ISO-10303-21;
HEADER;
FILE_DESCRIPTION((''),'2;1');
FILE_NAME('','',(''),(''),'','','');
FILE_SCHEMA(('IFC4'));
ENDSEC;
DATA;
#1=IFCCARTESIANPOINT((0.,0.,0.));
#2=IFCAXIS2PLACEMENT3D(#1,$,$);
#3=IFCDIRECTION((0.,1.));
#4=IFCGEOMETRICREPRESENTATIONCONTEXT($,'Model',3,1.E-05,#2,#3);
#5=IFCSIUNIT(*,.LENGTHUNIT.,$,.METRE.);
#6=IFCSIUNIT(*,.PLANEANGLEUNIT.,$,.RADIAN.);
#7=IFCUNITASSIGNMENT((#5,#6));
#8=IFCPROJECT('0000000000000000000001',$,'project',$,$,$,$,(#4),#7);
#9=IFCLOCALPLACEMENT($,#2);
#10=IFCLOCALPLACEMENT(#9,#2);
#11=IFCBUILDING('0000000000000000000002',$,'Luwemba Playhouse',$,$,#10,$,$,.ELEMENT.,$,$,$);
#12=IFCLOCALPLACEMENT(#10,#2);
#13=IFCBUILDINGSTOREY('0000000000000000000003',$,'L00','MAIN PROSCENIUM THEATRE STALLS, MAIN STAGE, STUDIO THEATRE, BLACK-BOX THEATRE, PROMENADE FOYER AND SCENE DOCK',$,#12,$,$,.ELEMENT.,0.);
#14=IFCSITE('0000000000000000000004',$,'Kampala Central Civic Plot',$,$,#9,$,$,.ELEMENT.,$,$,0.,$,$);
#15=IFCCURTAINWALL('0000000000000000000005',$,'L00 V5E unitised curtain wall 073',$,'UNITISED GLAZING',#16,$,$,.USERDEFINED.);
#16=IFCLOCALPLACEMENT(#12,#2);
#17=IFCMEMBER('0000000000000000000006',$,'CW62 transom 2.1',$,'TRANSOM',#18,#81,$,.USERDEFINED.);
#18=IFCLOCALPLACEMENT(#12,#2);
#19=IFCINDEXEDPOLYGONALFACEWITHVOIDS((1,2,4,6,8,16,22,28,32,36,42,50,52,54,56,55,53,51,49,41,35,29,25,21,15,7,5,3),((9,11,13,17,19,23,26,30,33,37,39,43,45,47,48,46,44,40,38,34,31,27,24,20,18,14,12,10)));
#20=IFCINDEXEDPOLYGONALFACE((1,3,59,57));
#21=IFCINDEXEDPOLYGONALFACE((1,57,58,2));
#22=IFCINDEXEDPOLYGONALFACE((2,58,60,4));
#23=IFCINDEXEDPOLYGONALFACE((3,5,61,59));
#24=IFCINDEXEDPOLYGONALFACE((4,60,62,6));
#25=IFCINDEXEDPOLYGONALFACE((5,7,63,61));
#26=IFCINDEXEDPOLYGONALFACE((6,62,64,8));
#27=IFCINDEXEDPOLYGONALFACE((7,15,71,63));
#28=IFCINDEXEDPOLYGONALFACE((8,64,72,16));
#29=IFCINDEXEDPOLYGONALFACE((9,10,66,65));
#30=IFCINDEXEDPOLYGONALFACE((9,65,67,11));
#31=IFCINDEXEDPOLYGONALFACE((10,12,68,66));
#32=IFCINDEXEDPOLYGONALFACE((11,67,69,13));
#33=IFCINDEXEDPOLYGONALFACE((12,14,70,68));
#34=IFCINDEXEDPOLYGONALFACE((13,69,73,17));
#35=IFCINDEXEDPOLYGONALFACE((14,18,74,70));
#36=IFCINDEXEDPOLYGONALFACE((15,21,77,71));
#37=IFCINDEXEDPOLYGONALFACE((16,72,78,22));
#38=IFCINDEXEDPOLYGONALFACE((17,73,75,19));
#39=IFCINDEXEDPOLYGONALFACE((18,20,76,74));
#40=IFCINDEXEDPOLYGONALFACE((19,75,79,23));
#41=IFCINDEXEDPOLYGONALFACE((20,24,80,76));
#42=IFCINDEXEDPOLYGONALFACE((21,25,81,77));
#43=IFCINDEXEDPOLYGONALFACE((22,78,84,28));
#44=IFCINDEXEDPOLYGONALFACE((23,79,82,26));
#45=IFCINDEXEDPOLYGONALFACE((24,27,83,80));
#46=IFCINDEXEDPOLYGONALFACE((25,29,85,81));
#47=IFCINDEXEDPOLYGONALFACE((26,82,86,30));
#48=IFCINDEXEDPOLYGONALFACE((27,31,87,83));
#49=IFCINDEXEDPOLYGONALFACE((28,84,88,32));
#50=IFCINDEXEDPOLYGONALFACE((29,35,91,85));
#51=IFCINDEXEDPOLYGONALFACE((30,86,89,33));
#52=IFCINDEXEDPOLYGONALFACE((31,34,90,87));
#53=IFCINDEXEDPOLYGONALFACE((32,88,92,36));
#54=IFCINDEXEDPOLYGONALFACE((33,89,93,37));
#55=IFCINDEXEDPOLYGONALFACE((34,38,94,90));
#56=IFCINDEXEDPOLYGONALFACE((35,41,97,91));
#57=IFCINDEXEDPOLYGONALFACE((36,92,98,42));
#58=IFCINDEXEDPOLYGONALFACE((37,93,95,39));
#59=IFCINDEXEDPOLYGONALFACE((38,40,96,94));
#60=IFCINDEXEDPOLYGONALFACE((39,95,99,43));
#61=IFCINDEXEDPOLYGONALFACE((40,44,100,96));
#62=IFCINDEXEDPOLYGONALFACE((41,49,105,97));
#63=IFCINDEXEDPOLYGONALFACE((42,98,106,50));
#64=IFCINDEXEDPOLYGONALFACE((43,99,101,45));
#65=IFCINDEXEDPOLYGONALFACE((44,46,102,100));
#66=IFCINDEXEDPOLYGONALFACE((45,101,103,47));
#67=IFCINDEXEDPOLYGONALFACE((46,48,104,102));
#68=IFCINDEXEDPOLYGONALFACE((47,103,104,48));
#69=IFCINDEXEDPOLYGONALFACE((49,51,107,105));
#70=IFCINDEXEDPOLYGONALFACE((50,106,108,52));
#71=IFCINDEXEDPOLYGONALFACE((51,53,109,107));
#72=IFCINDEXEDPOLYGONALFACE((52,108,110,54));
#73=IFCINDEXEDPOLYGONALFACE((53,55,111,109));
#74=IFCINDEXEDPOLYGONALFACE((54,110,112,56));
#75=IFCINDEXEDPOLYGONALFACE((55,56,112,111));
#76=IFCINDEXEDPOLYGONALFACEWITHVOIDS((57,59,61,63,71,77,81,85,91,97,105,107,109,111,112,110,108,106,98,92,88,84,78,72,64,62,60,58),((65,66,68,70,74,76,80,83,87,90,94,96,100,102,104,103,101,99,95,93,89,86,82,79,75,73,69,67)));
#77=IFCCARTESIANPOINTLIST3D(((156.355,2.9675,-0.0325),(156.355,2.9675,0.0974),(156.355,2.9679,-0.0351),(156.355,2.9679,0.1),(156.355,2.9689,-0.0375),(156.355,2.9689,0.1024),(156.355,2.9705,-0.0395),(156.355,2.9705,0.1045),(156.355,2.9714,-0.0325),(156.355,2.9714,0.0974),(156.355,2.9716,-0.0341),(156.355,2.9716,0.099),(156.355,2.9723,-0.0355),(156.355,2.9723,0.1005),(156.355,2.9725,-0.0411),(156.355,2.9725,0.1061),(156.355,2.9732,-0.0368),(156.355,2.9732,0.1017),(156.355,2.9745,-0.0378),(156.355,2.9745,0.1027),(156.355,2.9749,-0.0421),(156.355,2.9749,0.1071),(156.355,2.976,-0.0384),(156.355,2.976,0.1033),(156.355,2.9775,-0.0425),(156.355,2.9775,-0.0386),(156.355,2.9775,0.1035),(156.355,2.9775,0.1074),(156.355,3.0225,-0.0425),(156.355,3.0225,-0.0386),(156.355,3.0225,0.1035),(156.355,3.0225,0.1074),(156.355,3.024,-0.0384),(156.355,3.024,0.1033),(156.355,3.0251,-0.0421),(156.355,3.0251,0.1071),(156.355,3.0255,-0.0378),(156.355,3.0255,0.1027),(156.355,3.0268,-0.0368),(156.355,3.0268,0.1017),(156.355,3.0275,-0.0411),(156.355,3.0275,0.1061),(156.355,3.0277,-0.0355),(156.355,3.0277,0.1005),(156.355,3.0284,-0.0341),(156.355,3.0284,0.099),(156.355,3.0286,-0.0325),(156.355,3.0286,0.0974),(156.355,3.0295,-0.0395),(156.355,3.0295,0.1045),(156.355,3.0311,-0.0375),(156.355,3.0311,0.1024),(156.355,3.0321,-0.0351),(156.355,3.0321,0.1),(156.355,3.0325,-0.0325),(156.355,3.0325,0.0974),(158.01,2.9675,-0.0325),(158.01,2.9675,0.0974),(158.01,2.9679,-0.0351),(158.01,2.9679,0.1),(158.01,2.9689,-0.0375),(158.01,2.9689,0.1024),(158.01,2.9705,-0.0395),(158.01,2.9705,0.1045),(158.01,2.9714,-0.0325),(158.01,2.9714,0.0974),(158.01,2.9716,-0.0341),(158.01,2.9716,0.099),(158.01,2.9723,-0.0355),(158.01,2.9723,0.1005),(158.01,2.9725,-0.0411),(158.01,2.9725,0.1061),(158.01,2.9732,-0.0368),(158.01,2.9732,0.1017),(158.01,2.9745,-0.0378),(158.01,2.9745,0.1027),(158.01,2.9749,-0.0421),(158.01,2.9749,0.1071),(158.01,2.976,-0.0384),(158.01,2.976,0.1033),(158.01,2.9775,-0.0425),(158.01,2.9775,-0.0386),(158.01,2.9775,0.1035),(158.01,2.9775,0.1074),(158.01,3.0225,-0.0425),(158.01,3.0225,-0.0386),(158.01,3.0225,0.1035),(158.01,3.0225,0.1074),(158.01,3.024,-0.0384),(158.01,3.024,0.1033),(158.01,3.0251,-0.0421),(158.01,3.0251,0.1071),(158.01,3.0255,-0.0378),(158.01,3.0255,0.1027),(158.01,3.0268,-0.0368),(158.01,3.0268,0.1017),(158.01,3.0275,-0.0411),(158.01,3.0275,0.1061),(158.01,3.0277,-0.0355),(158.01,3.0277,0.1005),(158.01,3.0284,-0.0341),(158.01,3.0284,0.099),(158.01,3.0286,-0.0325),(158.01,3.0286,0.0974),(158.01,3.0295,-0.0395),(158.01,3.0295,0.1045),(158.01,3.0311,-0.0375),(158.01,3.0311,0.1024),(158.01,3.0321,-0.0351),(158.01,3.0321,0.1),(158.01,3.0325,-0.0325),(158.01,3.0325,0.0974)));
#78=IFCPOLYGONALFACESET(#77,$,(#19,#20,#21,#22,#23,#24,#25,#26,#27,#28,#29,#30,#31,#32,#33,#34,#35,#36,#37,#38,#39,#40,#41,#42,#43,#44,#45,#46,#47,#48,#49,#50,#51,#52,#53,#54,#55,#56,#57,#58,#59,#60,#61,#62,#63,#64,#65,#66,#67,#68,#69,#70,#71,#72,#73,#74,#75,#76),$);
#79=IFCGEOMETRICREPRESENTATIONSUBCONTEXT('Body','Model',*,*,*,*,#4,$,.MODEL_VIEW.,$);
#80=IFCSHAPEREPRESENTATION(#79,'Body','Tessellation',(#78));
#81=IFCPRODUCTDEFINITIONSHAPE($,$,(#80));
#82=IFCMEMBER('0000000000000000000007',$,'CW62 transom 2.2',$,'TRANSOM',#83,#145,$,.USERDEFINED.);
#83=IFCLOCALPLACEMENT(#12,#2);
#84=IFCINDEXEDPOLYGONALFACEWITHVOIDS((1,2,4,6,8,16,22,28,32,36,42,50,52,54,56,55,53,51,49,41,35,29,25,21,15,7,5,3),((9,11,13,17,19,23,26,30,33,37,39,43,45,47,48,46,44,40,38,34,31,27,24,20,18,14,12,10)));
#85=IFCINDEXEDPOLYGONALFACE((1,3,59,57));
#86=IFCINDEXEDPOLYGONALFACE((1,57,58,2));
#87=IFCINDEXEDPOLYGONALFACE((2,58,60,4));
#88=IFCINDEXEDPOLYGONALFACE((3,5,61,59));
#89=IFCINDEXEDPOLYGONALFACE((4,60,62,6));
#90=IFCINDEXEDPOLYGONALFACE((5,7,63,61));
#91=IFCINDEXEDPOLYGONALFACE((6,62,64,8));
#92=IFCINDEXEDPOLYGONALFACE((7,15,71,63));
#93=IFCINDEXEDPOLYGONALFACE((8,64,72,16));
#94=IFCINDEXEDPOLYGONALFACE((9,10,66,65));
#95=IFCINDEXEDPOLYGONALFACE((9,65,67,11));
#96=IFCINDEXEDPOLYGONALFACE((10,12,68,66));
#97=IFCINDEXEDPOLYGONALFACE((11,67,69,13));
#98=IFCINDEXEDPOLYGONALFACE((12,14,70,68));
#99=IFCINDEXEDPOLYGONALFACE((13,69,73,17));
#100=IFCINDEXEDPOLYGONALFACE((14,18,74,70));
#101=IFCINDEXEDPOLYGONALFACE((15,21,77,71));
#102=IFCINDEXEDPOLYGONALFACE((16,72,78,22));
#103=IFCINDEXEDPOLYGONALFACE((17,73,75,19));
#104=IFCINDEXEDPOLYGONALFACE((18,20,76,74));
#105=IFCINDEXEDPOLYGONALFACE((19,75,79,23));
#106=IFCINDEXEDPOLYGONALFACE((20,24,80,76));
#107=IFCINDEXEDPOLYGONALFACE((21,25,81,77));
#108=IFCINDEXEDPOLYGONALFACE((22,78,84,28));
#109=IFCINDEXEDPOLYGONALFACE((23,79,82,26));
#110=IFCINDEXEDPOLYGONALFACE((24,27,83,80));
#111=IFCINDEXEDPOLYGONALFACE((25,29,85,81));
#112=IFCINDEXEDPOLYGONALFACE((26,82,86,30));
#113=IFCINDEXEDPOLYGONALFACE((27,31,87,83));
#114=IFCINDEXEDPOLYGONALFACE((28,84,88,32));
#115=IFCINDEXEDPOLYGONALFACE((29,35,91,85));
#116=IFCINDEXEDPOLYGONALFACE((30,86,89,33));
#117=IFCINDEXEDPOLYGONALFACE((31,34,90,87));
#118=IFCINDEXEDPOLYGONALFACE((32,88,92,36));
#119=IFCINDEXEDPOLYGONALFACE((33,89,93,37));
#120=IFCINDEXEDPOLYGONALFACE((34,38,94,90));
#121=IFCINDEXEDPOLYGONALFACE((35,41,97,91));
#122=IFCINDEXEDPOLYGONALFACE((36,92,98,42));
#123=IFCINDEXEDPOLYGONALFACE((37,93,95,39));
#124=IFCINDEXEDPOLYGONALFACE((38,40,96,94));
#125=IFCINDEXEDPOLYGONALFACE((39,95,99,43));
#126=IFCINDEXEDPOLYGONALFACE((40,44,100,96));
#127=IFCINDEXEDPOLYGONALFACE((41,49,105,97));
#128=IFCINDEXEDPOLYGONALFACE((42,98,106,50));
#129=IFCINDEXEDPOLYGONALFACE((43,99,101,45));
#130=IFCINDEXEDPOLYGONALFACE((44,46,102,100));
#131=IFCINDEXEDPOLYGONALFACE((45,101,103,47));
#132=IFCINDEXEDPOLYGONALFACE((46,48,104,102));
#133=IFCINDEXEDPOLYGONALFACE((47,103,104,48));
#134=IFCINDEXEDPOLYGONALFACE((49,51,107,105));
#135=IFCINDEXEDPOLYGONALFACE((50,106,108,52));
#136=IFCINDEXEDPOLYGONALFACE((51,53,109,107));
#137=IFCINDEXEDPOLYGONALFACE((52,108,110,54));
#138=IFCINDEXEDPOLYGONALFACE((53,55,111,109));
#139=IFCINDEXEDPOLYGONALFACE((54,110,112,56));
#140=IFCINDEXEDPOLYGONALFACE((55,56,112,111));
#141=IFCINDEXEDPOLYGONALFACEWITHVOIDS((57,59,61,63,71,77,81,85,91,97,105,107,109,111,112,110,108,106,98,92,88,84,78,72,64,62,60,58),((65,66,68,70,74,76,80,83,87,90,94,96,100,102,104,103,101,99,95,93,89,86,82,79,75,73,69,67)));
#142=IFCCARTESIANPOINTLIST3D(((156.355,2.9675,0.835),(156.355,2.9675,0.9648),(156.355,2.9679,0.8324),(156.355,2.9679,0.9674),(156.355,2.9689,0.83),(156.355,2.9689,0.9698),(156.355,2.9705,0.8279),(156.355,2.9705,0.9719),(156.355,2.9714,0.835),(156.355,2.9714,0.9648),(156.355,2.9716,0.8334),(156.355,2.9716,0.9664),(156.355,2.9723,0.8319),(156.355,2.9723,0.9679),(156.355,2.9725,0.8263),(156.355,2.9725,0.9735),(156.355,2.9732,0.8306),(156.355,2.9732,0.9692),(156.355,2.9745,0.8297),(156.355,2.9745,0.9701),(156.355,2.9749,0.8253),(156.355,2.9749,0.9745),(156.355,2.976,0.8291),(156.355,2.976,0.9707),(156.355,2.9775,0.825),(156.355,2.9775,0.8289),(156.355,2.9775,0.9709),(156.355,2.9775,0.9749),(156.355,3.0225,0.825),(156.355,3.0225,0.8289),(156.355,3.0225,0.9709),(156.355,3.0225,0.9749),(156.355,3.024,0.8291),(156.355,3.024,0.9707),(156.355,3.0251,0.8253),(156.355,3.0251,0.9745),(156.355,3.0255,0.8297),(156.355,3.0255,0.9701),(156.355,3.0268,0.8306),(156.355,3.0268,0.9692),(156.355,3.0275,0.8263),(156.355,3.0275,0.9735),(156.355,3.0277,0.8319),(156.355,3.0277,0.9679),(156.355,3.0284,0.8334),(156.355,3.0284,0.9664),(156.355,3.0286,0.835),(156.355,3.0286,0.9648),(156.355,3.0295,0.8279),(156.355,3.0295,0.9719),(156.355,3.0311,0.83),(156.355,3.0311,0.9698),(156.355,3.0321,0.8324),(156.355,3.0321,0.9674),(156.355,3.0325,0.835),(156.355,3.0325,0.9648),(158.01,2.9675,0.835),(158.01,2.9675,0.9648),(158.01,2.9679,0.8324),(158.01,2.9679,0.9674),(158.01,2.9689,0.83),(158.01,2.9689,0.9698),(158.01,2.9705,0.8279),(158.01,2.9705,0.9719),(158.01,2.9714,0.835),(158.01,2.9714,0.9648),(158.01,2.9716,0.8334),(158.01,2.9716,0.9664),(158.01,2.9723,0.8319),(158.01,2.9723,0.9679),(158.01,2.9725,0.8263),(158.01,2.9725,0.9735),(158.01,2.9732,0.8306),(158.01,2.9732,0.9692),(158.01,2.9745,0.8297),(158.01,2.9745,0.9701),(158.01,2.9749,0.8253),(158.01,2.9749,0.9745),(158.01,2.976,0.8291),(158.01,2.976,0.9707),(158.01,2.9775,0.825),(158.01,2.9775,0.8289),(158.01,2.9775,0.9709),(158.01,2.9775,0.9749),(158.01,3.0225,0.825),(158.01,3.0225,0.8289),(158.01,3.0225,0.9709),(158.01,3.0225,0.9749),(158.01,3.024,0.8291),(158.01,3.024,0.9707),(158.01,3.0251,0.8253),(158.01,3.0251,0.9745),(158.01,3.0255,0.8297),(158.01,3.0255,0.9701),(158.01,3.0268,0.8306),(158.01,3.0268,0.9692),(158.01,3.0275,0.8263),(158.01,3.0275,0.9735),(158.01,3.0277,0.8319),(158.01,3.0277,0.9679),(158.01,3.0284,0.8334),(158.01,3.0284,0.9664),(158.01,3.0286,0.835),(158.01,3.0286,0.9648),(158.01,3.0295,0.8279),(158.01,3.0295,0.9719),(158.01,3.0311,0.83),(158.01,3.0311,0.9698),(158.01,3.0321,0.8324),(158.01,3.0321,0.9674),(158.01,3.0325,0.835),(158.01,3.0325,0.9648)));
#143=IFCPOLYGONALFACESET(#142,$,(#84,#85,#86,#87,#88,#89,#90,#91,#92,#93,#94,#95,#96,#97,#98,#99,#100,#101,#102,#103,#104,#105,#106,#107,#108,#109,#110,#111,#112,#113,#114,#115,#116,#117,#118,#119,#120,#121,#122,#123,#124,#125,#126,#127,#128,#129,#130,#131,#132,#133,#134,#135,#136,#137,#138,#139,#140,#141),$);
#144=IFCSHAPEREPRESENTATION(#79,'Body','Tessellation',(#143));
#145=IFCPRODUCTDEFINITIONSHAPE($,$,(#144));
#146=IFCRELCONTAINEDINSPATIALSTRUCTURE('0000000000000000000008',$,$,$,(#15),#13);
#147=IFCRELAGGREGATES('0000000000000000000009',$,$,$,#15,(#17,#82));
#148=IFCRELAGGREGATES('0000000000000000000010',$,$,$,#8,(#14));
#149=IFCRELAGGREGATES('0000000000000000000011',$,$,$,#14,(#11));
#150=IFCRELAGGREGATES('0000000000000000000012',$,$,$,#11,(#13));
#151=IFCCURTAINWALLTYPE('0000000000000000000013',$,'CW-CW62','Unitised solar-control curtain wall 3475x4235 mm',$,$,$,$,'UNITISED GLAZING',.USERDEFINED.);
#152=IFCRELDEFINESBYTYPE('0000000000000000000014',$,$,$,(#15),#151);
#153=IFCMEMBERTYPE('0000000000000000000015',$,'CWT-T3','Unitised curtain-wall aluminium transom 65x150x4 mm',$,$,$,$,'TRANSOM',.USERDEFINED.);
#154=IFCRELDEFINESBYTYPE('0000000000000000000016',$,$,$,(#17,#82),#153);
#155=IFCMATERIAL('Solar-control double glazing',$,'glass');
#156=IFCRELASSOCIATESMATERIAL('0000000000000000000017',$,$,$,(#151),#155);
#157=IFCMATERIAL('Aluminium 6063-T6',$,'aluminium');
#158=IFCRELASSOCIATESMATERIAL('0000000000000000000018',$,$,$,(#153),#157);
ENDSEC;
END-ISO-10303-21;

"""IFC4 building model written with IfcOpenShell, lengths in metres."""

from ifc_helpers import new_model, si_unit, direction, frame, origin, origin_2d, place, context, subcontext, project, spatial, hollow_rectangle, extrude, material, material_profile, profile_set, type_object, element, aggregate, save


model = new_model("IFC4")

# Units and contexts
model_context = context("Model", 3, precision=1e-05, world=origin(), true_north=direction((0.0, 1.0)))
body_context = subcontext(model_context, "Body", "Model", "MODEL_VIEW")
ifc_project = project(units=[si_unit("LENGTHUNIT", "METRE"), si_unit("PLANEANGLEUNIT", "RADIAN")], contexts=[model_context])

# Site, building, storey
site_placement = place(None, origin())
site = spatial("IfcSite", under=ifc_project, at=site_placement, Name="Kampala Central Civic Plot", CompositionType="ELEMENT", RefElevation=0.0)
building_placement = place(site_placement, origin())
building = spatial("IfcBuilding", under=site, at=building_placement, Name="Luwemba Playhouse", CompositionType="ELEMENT")
storey_placement = place(building_placement, origin())
storey = spatial("IfcBuildingStorey", under=building, at=storey_placement, Name="L00", Description="MAIN PROSCENIUM THEATRE STALLS, MAIN STAGE, STUDIO THEATRE, BLACK-BOX THEATRE, PROMENADE FOYER AND SCENE DOCK", CompositionType="ELEMENT", Elevation=0.0)

# Curtain wall
ifc_material_1 = material(Name="Solar-control double glazing", Category="glass")
ifc_material_2 = material(Name="Aluminium 6063-T6", Category="aluminium")
curtain_wall_type_1 = type_object("IfcCurtainWallType", Name="CW-CW62", Description="Unitised solar-control curtain wall 3475x4235 mm", ElementType="UNITISED GLAZING", PredefinedType="USERDEFINED", material=ifc_material_1)
curtain_wall_1_placement = place(storey_placement, origin())
curtain_wall_1 = element("IfcCurtainWall", 1, at=curtain_wall_1_placement, inside=storey, type_object=curtain_wall_type_1, Name="L00 V5E unitised curtain wall 073", ObjectType="UNITISED GLAZING", PredefinedType="USERDEFINED")

# Members
ifc_material_profile_1 = material_profile(ifc_material_2, hollow_rectangle(XDim=0.0649, YDim=0.1499, WallThickness=0.0039, InnerFilletRadius=0.0061, OuterFilletRadius=0.01, at=origin_2d()))
ifc_profile_set_1 = profile_set([ifc_material_profile_1], Name="Aluminium 6063-T6")
member_type_1 = type_object("IfcMemberType", Name="CWT-T3", Description="Unitised curtain-wall aluminium transom 65x150x4 mm", ElementType="TRANSOM", PredefinedType="USERDEFINED", material=ifc_profile_set_1)
member_1_placement = place(storey_placement, frame((158.01, 3.0, 0.0325), z_axis=(-1.0, 0.0, 0.0), x_axis=(0.0, -1.0, 0.0)))
member_1 = element("IfcMember", 2, at=member_1_placement, type_object=member_type_1, Name="CW62 transom 2.1", ObjectType="TRANSOM", PredefinedType="USERDEFINED", context=body_context, shape_type="SweptSolid", body=[
    extrude(hollow_rectangle(XDim=0.0649, YDim=0.1499, WallThickness=0.0039, InnerFilletRadius=0.0061, OuterFilletRadius=0.01, at=origin_2d()), origin(), (0.0, 0.0, 1.0), 1.655),
])
member_2_placement = place(storey_placement, frame((158.01, 3.0, 0.8999), z_axis=(-1.0, 0.0, 0.0), x_axis=(0.0, -1.0, 0.0)))
member_2 = element("IfcMember", 3, at=member_2_placement, type_object=member_type_1, Name="CW62 transom 2.2", ObjectType="TRANSOM", PredefinedType="USERDEFINED", context=body_context, shape_type="SweptSolid", body=[
    extrude(hollow_rectangle(XDim=0.0649, YDim=0.1499, WallThickness=0.0039, InnerFilletRadius=0.0061, OuterFilletRadius=0.01, at=origin_2d()), origin(), (0.0, 0.0, 1.0), 1.655),
])

aggregate(curtain_wall_1, [member_1, member_2])

save(model, "model.ifc")
